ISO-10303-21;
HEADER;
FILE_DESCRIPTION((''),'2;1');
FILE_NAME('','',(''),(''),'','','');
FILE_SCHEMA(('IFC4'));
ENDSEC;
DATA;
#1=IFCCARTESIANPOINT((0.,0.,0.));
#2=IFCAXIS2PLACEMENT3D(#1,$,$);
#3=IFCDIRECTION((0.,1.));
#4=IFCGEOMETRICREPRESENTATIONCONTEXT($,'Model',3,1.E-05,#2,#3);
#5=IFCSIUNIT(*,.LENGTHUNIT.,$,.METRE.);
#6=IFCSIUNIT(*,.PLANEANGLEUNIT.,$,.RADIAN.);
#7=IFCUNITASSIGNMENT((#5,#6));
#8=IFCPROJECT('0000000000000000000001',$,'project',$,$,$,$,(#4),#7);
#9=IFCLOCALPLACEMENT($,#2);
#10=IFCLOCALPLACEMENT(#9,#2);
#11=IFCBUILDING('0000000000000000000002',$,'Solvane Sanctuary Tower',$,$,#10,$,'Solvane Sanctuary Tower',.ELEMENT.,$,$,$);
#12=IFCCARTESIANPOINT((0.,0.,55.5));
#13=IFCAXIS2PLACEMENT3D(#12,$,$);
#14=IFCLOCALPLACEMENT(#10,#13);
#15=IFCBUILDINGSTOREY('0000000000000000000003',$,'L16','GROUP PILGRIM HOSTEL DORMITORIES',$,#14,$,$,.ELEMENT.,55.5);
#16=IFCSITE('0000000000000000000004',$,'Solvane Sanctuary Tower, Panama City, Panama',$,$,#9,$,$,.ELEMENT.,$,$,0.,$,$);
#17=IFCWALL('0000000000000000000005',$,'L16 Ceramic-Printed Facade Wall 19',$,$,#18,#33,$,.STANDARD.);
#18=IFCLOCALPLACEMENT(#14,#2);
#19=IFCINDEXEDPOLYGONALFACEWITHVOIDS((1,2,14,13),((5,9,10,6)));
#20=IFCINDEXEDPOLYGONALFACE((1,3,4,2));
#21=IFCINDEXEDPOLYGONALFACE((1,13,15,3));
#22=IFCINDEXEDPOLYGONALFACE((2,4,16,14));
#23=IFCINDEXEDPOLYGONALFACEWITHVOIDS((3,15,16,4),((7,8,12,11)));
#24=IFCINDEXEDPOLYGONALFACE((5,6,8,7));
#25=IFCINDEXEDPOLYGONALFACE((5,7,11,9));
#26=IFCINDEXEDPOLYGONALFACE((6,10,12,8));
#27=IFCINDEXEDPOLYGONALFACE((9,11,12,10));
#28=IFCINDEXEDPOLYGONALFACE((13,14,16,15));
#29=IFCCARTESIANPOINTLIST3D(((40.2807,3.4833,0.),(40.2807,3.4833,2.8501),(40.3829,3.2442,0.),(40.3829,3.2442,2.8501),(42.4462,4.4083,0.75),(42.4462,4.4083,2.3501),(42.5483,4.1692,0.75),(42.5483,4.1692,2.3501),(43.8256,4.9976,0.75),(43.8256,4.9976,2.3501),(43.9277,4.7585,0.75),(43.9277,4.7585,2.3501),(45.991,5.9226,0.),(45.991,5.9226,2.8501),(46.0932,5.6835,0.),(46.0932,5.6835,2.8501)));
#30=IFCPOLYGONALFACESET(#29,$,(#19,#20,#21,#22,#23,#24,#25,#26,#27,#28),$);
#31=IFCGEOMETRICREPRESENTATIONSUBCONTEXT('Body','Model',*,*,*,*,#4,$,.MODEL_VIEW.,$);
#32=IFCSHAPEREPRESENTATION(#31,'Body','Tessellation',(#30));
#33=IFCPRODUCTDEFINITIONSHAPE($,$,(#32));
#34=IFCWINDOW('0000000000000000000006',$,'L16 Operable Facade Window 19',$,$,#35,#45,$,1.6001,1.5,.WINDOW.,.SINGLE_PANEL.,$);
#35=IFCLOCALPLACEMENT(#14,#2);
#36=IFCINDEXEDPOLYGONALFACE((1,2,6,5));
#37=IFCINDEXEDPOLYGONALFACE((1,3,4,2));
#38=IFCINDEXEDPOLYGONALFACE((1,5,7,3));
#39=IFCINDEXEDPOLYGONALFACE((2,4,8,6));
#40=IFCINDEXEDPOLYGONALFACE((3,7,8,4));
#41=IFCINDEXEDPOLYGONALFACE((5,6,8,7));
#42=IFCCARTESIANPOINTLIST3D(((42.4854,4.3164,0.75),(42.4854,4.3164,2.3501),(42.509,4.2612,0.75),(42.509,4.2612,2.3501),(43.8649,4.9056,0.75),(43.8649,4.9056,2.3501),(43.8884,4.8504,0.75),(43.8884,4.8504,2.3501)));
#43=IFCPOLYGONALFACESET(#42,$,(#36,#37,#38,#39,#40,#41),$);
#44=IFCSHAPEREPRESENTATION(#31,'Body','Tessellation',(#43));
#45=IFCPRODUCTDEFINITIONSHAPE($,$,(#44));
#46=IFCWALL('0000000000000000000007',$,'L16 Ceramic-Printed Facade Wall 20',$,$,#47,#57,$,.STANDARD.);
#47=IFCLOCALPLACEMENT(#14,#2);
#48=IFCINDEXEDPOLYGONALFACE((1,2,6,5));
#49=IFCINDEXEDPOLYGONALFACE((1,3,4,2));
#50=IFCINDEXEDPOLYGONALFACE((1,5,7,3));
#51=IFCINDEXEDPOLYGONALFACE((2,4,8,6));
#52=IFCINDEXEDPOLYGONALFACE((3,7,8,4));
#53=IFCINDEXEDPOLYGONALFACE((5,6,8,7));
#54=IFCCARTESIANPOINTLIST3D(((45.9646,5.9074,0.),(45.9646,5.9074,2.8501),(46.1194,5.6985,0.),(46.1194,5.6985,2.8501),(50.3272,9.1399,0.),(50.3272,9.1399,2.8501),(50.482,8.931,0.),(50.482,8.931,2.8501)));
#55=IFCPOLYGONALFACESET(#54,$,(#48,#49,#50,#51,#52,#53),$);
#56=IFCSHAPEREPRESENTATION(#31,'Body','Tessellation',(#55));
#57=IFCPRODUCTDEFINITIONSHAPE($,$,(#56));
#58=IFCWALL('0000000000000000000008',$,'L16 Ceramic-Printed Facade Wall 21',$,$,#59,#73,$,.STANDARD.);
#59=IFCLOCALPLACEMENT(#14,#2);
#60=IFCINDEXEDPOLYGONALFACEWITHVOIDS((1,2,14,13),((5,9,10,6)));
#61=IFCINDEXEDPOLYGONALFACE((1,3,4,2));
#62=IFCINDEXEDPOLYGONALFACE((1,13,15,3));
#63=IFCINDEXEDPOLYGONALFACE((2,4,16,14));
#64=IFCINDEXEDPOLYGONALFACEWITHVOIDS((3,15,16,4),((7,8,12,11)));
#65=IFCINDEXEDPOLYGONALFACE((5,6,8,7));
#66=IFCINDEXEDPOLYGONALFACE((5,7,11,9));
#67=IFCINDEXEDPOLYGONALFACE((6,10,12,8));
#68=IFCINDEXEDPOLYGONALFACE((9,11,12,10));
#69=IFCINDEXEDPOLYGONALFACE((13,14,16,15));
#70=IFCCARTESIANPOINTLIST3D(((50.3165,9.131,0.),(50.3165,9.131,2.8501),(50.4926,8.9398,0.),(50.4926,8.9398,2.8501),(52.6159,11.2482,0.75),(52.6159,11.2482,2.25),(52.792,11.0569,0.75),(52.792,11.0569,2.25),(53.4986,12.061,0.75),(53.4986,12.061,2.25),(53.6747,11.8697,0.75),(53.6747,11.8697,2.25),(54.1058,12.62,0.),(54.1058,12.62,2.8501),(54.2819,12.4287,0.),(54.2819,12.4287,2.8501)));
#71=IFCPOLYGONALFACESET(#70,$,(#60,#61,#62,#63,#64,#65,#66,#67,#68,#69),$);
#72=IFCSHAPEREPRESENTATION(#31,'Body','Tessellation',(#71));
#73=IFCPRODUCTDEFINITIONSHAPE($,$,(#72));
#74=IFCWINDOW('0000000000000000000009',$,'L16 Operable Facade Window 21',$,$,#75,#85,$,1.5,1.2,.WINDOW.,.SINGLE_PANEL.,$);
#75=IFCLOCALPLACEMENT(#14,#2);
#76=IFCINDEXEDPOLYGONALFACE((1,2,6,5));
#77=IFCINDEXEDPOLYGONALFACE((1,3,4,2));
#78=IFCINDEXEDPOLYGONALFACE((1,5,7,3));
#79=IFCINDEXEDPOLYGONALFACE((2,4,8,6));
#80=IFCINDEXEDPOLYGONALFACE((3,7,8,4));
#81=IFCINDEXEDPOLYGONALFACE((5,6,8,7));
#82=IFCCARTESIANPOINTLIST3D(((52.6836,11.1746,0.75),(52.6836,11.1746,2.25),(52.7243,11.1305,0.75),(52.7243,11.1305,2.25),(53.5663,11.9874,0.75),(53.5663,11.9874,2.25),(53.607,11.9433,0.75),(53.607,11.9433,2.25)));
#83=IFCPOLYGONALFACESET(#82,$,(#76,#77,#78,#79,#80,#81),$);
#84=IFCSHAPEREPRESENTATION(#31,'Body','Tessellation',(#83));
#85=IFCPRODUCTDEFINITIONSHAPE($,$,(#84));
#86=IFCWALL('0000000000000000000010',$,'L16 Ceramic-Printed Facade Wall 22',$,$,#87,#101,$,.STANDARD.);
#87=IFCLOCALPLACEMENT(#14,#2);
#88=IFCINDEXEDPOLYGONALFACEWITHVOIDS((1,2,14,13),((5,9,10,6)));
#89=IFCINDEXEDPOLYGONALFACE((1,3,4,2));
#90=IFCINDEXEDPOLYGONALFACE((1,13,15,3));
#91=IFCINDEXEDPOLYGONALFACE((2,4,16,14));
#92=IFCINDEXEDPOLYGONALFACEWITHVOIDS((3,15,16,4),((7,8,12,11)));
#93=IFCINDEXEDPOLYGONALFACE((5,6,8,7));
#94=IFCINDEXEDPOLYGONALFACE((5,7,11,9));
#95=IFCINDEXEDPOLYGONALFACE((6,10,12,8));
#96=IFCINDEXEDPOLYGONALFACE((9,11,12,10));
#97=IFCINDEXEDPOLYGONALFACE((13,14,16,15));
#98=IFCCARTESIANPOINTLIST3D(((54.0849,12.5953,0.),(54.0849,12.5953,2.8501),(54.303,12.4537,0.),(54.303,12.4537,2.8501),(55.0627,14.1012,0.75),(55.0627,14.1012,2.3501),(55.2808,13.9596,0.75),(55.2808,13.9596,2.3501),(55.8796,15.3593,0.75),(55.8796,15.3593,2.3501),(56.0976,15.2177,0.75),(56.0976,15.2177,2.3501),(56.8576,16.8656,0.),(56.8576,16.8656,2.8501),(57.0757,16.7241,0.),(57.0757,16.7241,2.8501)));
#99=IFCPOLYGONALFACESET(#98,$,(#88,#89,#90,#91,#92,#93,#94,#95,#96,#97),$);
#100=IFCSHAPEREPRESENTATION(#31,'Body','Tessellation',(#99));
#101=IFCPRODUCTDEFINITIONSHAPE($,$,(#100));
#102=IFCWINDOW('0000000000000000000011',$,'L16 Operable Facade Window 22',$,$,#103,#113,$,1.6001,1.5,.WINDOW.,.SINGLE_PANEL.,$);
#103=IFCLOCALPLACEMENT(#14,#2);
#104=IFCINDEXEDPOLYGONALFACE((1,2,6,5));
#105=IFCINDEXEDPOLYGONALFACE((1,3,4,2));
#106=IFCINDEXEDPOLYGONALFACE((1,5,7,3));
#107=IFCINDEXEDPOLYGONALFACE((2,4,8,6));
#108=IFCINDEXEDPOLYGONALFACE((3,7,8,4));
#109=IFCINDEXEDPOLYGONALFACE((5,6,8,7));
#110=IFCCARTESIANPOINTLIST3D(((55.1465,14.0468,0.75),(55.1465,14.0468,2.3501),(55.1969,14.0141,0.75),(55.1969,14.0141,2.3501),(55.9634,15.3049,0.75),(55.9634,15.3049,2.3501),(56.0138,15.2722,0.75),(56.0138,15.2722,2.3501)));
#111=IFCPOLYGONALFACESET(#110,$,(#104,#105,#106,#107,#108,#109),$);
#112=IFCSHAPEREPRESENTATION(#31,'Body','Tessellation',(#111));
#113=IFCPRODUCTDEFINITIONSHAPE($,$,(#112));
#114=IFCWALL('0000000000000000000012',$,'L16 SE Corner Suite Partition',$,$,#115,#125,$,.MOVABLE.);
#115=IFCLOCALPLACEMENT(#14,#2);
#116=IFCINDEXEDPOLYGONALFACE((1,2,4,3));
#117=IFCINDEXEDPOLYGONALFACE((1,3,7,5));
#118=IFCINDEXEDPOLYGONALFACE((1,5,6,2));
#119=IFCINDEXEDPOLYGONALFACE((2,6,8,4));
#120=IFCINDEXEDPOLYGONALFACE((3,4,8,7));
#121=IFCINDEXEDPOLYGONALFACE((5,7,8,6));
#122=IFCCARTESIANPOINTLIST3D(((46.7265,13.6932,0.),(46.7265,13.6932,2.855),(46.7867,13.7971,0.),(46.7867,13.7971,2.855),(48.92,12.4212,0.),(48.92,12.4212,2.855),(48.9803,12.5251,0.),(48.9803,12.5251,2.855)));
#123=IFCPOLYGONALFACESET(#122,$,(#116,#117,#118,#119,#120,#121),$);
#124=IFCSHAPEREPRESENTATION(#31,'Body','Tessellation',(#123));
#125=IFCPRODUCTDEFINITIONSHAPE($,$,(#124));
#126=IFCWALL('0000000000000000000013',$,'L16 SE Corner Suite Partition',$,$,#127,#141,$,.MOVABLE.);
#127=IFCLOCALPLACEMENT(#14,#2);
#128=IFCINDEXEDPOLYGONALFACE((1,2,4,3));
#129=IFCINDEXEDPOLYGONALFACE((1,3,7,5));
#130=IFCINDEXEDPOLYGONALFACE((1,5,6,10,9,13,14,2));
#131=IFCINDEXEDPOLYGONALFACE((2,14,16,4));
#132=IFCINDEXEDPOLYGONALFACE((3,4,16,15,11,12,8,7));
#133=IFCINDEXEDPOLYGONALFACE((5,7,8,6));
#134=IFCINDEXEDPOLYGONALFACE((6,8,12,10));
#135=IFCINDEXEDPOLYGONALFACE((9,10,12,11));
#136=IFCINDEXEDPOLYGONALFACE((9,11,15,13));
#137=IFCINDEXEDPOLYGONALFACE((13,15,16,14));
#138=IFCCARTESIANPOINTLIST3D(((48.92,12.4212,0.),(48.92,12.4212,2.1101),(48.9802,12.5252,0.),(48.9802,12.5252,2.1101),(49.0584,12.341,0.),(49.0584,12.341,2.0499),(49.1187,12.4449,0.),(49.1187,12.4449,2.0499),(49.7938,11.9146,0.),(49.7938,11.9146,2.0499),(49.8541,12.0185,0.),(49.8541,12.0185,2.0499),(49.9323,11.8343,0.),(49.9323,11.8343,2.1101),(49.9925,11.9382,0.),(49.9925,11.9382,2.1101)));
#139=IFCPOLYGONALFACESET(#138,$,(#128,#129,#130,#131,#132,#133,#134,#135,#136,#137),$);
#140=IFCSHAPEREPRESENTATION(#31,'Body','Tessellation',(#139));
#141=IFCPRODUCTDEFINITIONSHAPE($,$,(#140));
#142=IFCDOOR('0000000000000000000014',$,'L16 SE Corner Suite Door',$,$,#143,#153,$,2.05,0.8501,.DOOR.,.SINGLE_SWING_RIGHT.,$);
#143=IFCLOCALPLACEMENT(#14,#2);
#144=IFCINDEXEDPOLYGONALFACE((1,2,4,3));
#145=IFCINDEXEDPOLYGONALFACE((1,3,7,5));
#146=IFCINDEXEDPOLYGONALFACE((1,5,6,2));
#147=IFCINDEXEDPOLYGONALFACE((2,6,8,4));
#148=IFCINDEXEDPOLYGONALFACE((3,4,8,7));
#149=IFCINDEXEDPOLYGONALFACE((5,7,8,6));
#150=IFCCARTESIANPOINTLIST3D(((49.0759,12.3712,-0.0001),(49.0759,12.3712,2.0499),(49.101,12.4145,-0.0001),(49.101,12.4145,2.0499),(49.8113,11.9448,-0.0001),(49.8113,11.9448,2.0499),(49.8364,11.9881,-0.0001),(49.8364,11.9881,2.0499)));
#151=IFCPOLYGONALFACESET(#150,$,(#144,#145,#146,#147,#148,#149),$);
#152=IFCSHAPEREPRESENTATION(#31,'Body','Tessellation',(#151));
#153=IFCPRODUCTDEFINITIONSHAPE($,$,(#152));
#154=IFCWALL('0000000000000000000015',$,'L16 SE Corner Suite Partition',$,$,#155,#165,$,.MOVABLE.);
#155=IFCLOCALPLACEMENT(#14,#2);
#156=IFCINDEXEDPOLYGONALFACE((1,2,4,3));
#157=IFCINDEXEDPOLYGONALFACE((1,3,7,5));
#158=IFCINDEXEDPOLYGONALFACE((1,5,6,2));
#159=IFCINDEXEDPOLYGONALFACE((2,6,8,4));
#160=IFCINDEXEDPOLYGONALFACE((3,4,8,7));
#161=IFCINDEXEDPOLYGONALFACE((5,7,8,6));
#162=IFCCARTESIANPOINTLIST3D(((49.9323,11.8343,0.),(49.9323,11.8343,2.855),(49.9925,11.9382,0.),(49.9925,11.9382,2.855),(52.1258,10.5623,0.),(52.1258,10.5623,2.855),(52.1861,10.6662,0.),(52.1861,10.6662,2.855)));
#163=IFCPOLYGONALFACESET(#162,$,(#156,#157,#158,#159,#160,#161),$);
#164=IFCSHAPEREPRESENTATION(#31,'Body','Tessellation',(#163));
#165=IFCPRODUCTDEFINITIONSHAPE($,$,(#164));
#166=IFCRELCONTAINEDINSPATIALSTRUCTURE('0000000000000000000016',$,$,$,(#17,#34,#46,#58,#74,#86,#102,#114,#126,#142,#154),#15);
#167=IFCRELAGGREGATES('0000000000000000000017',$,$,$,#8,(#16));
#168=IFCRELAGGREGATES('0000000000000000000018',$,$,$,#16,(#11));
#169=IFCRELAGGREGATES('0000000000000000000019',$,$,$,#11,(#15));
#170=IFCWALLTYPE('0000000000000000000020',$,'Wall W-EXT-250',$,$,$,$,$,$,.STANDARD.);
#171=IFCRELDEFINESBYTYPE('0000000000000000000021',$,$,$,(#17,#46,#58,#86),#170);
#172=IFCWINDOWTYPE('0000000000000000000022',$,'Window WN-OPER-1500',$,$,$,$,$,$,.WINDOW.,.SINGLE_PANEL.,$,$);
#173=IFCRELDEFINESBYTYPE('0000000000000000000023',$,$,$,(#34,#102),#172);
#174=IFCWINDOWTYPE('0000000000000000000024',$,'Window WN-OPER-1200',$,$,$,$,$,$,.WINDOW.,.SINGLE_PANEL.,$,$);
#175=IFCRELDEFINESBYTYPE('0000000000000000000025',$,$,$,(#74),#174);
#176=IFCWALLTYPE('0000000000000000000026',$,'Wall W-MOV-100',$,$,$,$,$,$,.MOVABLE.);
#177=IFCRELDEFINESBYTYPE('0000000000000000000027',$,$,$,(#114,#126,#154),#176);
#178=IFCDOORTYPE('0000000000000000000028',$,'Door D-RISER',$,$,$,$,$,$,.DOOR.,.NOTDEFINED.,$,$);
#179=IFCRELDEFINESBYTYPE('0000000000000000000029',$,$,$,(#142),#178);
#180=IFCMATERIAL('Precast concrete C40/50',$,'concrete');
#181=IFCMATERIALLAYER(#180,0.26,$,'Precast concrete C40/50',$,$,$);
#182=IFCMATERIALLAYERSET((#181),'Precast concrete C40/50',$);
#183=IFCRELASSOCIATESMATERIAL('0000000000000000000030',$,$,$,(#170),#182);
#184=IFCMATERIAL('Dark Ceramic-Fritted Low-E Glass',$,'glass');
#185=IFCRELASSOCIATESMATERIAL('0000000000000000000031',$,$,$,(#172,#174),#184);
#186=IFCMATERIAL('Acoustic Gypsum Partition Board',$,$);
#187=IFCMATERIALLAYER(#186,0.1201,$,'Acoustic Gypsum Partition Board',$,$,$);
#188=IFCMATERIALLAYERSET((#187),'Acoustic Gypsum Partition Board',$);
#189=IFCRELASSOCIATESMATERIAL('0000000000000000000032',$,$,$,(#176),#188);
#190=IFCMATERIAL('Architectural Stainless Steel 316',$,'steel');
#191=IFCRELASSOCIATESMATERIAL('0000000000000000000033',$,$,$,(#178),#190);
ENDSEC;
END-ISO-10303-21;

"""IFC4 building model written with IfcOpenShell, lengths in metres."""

from ifc_helpers import new_model, si_unit, direction, frame, frame_2d, origin, place, context, subcontext, project, spatial, rectangle, extrude, material, layer, layer_set, type_object, element, fill, save


model = new_model("IFC4")

# Units and contexts
model_context = context("Model", 3, precision=1e-05, world=origin(), true_north=direction((0.0, 1.0)))
body_context = subcontext(model_context, "Body", "Model", "MODEL_VIEW")
ifc_project = project(units=[si_unit("LENGTHUNIT", "METRE"), si_unit("PLANEANGLEUNIT", "RADIAN")], contexts=[model_context])

# Site, building, storey
site_placement = place(None, origin())
site = spatial("IfcSite", under=ifc_project, at=site_placement, Name="Solvane Sanctuary Tower, Panama City, Panama", CompositionType="ELEMENT", RefElevation=0.0)
building_placement = place(site_placement, origin())
building = spatial("IfcBuilding", under=site, at=building_placement, Name="Solvane Sanctuary Tower", LongName="Solvane Sanctuary Tower", CompositionType="ELEMENT")
storey_placement = place(building_placement, frame((0.0, 0.0, 55.5)))
storey = spatial("IfcBuildingStorey", under=building, at=storey_placement, Name="L16", Description="GROUP PILGRIM HOSTEL DORMITORIES", CompositionType="ELEMENT", Elevation=55.5)

# Shared definitions
ifc_material_1 = material(Name="Acoustic Gypsum Partition Board")

# Wall, opening, window
ifc_material_2 = material(Name="Precast concrete C40/50", Category="concrete")
ifc_layer_1 = layer(ifc_material_2, 0.26, Name="Precast concrete C40/50")
ifc_layer_set_1 = layer_set([ifc_layer_1], Name="Precast concrete C40/50")
wall_type_1 = type_object("IfcWallType", Name="Wall W-EXT-250", PredefinedType="STANDARD", material=ifc_layer_set_1)
wall_1_placement = place(storey_placement, frame((40.3318, 3.3638, 0.0), z_axis=(0.0, 0.0, 1.0), x_axis=(0.919612, 0.392828, 0.0)))
wall_1 = element("IfcWall", 1, at=wall_1_placement, inside=storey, type_object=wall_type_1, Name="L16 Ceramic-Printed Facade Wall 19", PredefinedType="STANDARD", context=body_context, shape_type="SweptSolid", body=[
    extrude(rectangle(XDim=6.2095, YDim=0.26, at=frame_2d((3.1047, 0.0))), origin(), (0.0, 0.0, 1.0), 2.8501),
])
opening_1_placement = place(wall_1_placement, frame((2.3547, 0.0, 0.75)))
opening_1 = element("IfcOpeningElement", 2, at=opening_1_placement, cuts=wall_1, PredefinedType="OPENING", context=body_context, shape_type="SweptSolid", body=[
    extrude(rectangle(XDim=1.5, YDim=1.6001, at=frame_2d((0.75, 0.8))), frame((0.0, 0.1399, 0.0), z_axis=(0.0, -1.0, 0.0), x_axis=(1.0, 0.0, 0.0)), (0.0, 0.0, 1.0), 0.28),
])
ifc_material_3 = material(Name="Dark Ceramic-Fritted Low-E Glass", Category="glass")
window_type_1 = type_object("IfcWindowType", Name="Window WN-OPER-1500", PartitioningType="SINGLE_PANEL", PredefinedType="WINDOW", material=ifc_material_3)
window_1_placement = place(opening_1_placement, origin())
window_1 = element("IfcWindow", 3, at=window_1_placement, inside=storey, type_object=window_type_1, Name="L16 Operable Facade Window 19", OverallHeight=1.6001, OverallWidth=1.5, PartitioningType="SINGLE_PANEL", PredefinedType="WINDOW", context=body_context, shape_type="SweptSolid", body=[
    extrude(rectangle(XDim=1.5, YDim=1.6001, at=frame_2d((0.75, 0.8))), frame((0.0, 0.03, 0.0), z_axis=(0.0, -1.0, 0.0), x_axis=(1.0, 0.0, 0.0)), (0.0, 0.0, 1.0), 0.0601),
])
fill(opening_1, window_1)

# Wall
wall_2_placement = place(storey_placement, frame((46.042, 5.803, 0.0), z_axis=(0.0, 0.0, 1.0), x_axis=(0.803478, 0.595335, 0.0)))
element("IfcWall", 4, at=wall_2_placement, inside=storey, type_object=wall_type_1, Name="L16 Ceramic-Printed Facade Wall 20", PredefinedType="STANDARD", context=body_context, shape_type="SweptSolid", body=[
    extrude(rectangle(XDim=5.4297, YDim=0.26, at=frame_2d((2.7148, 0.0))), origin(), (0.0, 0.0, 1.0), 2.8501),
])

# Walls, openings, windows
wall_3_placement = place(storey_placement, frame((50.4045, 9.0354, 0.0), z_axis=(0.0, 0.0, 1.0), x_axis=(0.735655, 0.677356, 0.0)))
wall_3 = element("IfcWall", 5, at=wall_3_placement, inside=storey, type_object=wall_type_1, Name="L16 Ceramic-Printed Facade Wall 21", PredefinedType="STANDARD", context=body_context, shape_type="SweptSolid", body=[
    extrude(rectangle(XDim=5.1509, YDim=0.26, at=frame_2d((2.5754, 0.0))), origin(), (0.0, 0.0, 1.0), 2.8501),
])
opening_2_placement = place(wall_3_placement, frame((3.1255, 0.0, 0.75)))
opening_2 = element("IfcOpeningElement", 6, at=opening_2_placement, cuts=wall_3, PredefinedType="OPENING", context=body_context, shape_type="SweptSolid", body=[
    extrude(rectangle(XDim=1.2, YDim=1.5, at=frame_2d((0.6001, 0.75))), frame((0.0, 0.1399, 0.0), z_axis=(0.0, -1.0, 0.0), x_axis=(1.0, 0.0, 0.0)), (0.0, 0.0, 1.0), 0.28),
])
window_type_2 = type_object("IfcWindowType", Name="Window WN-OPER-1200", PartitioningType="SINGLE_PANEL", PredefinedType="WINDOW", material=ifc_material_3)
window_2_placement = place(opening_2_placement, origin())
window_2 = element("IfcWindow", 7, at=window_2_placement, inside=storey, type_object=window_type_2, Name="L16 Operable Facade Window 21", OverallHeight=1.5, OverallWidth=1.2, PartitioningType="SINGLE_PANEL", PredefinedType="WINDOW", context=body_context, shape_type="SweptSolid", body=[
    extrude(rectangle(XDim=1.2, YDim=1.5, at=frame_2d((0.6001, 0.75))), frame((0.0, 0.03, 0.0), z_axis=(0.0, -1.0, 0.0), x_axis=(1.0, 0.0, 0.0)), (0.0, 0.0, 1.0), 0.0601),
])
fill(opening_2, window_2)
wall_4_placement = place(storey_placement, frame((54.1938, 12.5244, 0.0), z_axis=(0.0, 0.0, 1.0), x_axis=(0.544579, 0.83871, 0.0)))
wall_4 = element("IfcWall", 8, at=wall_4_placement, inside=storey, type_object=wall_type_1, Name="L16 Ceramic-Printed Facade Wall 22", PredefinedType="STANDARD", context=body_context, shape_type="SweptSolid", body=[
    extrude(rectangle(XDim=5.0916, YDim=0.26, at=frame_2d((2.5459, 0.0))), origin(), (0.0, 0.0, 1.0), 2.8501),
])
opening_3_placement = place(wall_4_placement, frame((1.7957, 0.0, 0.75)))
opening_3 = element("IfcOpeningElement", 9, at=opening_3_placement, cuts=wall_4, PredefinedType="OPENING", context=body_context, shape_type="SweptSolid", body=[
    extrude(rectangle(XDim=1.5, YDim=1.6001, at=frame_2d((0.75, 0.8))), frame((0.0, 0.1399, 0.0), z_axis=(0.0, -1.0, 0.0), x_axis=(1.0, 0.0, 0.0)), (0.0, 0.0, 1.0), 0.28),
])
window_3_placement = place(opening_3_placement, origin())
window_3 = element("IfcWindow", 10, at=window_3_placement, inside=storey, type_object=window_type_1, Name="L16 Operable Facade Window 22", OverallHeight=1.6001, OverallWidth=1.5, PartitioningType="SINGLE_PANEL", PredefinedType="WINDOW", context=body_context, shape_type="SweptSolid", body=[
    extrude(rectangle(XDim=1.5, YDim=1.6001, at=frame_2d((0.75, 0.8))), frame((0.0, 0.03, 0.0), z_axis=(0.0, -1.0, 0.0), x_axis=(1.0, 0.0, 0.0)), (0.0, 0.0, 1.0), 0.0601),
])
fill(opening_3, window_3)

# Wall
ifc_layer_2 = layer(ifc_material_1, 0.1201, Name="Acoustic Gypsum Partition Board")
ifc_layer_set_2 = layer_set([ifc_layer_2], Name="Acoustic Gypsum Partition Board")
wall_type_2 = type_object("IfcWallType", Name="Wall W-MOV-100", PredefinedType="MOVABLE", material=ifc_layer_set_2)
wall_5_placement = place(storey_placement, frame((46.7566, 13.7451, 0.0), z_axis=(0.0, 0.0, 1.0), x_axis=(0.865086, -0.501624, 0.0)))
element("IfcWall", 11, at=wall_5_placement, inside=storey, type_object=wall_type_2, Name="L16 SE Corner Suite Partition", PredefinedType="MOVABLE", context=body_context, shape_type="SweptSolid", body=[
    extrude(rectangle(XDim=2.5356, YDim=0.1201, at=frame_2d((1.2678, 0.0))), origin(), (0.0, 0.0, 1.0), 2.855),
])

# Wall, opening, door
wall_6_placement = place(storey_placement, frame((48.9502, 12.4731, 0.0), z_axis=(0.0, 0.0, 1.0), x_axis=(0.865093, -0.501612, 0.0)))
wall_6 = element("IfcWall", 12, at=wall_6_placement, inside=storey, type_object=wall_type_2, Name="L16 SE Corner Suite Partition", PredefinedType="MOVABLE", context=body_context, shape_type="SweptSolid", body=[
    extrude(rectangle(XDim=1.1702, YDim=0.1201, at=frame_2d((0.585, 0.0))), origin(), (0.0, 0.0, 1.0), 2.1101),
])
opening_4_placement = place(wall_6_placement, frame((0.1599, 0.0, 0.0)))
opening_4 = element("IfcOpeningElement", 13, at=opening_4_placement, cuts=wall_6, PredefinedType="OPENING", context=body_context, shape_type="SweptSolid", body=[
    extrude(rectangle(XDim=0.8501, YDim=2.05, at=frame_2d((0.425, 1.0249))), frame((0.0, 0.0701, 0.0), z_axis=(0.0, -1.0, 0.0), x_axis=(1.0, 0.0, 0.0)), (0.0, 0.0, 1.0), 0.1401),
])
ifc_material_4 = material(Name="Architectural Stainless Steel 316", Category="steel")
door_type_1 = type_object("IfcDoorType", Name="Door D-RISER", OperationType="NOTDEFINED", PredefinedType="DOOR", material=ifc_material_4)
door_1_placement = place(opening_4_placement, origin())
door_1 = element("IfcDoor", 14, at=door_1_placement, inside=storey, type_object=door_type_1, Name="L16 SE Corner Suite Door", OperationType="SINGLE_SWING_RIGHT", OverallHeight=2.05, OverallWidth=0.8501, PredefinedType="DOOR", context=body_context, shape_type="SweptSolid", body=[
    extrude(rectangle(XDim=0.8501, YDim=2.05, at=frame_2d((0.425, 1.0249))), frame((0.0, 0.0249, 0.0), z_axis=(0.0, -1.0, 0.0), x_axis=(1.0, 0.0, 0.0)), (0.0, 0.0, 1.0), 0.05),
])
fill(opening_4, door_1)

# Wall
wall_7_placement = place(storey_placement, frame((49.9624, 11.8862, 0.0), z_axis=(0.0, 0.0, 1.0), x_axis=(0.865086, -0.501624, 0.0)))
element("IfcWall", 15, at=wall_7_placement, inside=storey, type_object=wall_type_2, Name="L16 SE Corner Suite Partition", PredefinedType="MOVABLE", context=body_context, shape_type="SweptSolid", body=[
    extrude(rectangle(XDim=2.5356, YDim=0.1201, at=frame_2d((1.2678, 0.0))), origin(), (0.0, 0.0, 1.0), 2.855),
])

save(model, "model.ifc")
